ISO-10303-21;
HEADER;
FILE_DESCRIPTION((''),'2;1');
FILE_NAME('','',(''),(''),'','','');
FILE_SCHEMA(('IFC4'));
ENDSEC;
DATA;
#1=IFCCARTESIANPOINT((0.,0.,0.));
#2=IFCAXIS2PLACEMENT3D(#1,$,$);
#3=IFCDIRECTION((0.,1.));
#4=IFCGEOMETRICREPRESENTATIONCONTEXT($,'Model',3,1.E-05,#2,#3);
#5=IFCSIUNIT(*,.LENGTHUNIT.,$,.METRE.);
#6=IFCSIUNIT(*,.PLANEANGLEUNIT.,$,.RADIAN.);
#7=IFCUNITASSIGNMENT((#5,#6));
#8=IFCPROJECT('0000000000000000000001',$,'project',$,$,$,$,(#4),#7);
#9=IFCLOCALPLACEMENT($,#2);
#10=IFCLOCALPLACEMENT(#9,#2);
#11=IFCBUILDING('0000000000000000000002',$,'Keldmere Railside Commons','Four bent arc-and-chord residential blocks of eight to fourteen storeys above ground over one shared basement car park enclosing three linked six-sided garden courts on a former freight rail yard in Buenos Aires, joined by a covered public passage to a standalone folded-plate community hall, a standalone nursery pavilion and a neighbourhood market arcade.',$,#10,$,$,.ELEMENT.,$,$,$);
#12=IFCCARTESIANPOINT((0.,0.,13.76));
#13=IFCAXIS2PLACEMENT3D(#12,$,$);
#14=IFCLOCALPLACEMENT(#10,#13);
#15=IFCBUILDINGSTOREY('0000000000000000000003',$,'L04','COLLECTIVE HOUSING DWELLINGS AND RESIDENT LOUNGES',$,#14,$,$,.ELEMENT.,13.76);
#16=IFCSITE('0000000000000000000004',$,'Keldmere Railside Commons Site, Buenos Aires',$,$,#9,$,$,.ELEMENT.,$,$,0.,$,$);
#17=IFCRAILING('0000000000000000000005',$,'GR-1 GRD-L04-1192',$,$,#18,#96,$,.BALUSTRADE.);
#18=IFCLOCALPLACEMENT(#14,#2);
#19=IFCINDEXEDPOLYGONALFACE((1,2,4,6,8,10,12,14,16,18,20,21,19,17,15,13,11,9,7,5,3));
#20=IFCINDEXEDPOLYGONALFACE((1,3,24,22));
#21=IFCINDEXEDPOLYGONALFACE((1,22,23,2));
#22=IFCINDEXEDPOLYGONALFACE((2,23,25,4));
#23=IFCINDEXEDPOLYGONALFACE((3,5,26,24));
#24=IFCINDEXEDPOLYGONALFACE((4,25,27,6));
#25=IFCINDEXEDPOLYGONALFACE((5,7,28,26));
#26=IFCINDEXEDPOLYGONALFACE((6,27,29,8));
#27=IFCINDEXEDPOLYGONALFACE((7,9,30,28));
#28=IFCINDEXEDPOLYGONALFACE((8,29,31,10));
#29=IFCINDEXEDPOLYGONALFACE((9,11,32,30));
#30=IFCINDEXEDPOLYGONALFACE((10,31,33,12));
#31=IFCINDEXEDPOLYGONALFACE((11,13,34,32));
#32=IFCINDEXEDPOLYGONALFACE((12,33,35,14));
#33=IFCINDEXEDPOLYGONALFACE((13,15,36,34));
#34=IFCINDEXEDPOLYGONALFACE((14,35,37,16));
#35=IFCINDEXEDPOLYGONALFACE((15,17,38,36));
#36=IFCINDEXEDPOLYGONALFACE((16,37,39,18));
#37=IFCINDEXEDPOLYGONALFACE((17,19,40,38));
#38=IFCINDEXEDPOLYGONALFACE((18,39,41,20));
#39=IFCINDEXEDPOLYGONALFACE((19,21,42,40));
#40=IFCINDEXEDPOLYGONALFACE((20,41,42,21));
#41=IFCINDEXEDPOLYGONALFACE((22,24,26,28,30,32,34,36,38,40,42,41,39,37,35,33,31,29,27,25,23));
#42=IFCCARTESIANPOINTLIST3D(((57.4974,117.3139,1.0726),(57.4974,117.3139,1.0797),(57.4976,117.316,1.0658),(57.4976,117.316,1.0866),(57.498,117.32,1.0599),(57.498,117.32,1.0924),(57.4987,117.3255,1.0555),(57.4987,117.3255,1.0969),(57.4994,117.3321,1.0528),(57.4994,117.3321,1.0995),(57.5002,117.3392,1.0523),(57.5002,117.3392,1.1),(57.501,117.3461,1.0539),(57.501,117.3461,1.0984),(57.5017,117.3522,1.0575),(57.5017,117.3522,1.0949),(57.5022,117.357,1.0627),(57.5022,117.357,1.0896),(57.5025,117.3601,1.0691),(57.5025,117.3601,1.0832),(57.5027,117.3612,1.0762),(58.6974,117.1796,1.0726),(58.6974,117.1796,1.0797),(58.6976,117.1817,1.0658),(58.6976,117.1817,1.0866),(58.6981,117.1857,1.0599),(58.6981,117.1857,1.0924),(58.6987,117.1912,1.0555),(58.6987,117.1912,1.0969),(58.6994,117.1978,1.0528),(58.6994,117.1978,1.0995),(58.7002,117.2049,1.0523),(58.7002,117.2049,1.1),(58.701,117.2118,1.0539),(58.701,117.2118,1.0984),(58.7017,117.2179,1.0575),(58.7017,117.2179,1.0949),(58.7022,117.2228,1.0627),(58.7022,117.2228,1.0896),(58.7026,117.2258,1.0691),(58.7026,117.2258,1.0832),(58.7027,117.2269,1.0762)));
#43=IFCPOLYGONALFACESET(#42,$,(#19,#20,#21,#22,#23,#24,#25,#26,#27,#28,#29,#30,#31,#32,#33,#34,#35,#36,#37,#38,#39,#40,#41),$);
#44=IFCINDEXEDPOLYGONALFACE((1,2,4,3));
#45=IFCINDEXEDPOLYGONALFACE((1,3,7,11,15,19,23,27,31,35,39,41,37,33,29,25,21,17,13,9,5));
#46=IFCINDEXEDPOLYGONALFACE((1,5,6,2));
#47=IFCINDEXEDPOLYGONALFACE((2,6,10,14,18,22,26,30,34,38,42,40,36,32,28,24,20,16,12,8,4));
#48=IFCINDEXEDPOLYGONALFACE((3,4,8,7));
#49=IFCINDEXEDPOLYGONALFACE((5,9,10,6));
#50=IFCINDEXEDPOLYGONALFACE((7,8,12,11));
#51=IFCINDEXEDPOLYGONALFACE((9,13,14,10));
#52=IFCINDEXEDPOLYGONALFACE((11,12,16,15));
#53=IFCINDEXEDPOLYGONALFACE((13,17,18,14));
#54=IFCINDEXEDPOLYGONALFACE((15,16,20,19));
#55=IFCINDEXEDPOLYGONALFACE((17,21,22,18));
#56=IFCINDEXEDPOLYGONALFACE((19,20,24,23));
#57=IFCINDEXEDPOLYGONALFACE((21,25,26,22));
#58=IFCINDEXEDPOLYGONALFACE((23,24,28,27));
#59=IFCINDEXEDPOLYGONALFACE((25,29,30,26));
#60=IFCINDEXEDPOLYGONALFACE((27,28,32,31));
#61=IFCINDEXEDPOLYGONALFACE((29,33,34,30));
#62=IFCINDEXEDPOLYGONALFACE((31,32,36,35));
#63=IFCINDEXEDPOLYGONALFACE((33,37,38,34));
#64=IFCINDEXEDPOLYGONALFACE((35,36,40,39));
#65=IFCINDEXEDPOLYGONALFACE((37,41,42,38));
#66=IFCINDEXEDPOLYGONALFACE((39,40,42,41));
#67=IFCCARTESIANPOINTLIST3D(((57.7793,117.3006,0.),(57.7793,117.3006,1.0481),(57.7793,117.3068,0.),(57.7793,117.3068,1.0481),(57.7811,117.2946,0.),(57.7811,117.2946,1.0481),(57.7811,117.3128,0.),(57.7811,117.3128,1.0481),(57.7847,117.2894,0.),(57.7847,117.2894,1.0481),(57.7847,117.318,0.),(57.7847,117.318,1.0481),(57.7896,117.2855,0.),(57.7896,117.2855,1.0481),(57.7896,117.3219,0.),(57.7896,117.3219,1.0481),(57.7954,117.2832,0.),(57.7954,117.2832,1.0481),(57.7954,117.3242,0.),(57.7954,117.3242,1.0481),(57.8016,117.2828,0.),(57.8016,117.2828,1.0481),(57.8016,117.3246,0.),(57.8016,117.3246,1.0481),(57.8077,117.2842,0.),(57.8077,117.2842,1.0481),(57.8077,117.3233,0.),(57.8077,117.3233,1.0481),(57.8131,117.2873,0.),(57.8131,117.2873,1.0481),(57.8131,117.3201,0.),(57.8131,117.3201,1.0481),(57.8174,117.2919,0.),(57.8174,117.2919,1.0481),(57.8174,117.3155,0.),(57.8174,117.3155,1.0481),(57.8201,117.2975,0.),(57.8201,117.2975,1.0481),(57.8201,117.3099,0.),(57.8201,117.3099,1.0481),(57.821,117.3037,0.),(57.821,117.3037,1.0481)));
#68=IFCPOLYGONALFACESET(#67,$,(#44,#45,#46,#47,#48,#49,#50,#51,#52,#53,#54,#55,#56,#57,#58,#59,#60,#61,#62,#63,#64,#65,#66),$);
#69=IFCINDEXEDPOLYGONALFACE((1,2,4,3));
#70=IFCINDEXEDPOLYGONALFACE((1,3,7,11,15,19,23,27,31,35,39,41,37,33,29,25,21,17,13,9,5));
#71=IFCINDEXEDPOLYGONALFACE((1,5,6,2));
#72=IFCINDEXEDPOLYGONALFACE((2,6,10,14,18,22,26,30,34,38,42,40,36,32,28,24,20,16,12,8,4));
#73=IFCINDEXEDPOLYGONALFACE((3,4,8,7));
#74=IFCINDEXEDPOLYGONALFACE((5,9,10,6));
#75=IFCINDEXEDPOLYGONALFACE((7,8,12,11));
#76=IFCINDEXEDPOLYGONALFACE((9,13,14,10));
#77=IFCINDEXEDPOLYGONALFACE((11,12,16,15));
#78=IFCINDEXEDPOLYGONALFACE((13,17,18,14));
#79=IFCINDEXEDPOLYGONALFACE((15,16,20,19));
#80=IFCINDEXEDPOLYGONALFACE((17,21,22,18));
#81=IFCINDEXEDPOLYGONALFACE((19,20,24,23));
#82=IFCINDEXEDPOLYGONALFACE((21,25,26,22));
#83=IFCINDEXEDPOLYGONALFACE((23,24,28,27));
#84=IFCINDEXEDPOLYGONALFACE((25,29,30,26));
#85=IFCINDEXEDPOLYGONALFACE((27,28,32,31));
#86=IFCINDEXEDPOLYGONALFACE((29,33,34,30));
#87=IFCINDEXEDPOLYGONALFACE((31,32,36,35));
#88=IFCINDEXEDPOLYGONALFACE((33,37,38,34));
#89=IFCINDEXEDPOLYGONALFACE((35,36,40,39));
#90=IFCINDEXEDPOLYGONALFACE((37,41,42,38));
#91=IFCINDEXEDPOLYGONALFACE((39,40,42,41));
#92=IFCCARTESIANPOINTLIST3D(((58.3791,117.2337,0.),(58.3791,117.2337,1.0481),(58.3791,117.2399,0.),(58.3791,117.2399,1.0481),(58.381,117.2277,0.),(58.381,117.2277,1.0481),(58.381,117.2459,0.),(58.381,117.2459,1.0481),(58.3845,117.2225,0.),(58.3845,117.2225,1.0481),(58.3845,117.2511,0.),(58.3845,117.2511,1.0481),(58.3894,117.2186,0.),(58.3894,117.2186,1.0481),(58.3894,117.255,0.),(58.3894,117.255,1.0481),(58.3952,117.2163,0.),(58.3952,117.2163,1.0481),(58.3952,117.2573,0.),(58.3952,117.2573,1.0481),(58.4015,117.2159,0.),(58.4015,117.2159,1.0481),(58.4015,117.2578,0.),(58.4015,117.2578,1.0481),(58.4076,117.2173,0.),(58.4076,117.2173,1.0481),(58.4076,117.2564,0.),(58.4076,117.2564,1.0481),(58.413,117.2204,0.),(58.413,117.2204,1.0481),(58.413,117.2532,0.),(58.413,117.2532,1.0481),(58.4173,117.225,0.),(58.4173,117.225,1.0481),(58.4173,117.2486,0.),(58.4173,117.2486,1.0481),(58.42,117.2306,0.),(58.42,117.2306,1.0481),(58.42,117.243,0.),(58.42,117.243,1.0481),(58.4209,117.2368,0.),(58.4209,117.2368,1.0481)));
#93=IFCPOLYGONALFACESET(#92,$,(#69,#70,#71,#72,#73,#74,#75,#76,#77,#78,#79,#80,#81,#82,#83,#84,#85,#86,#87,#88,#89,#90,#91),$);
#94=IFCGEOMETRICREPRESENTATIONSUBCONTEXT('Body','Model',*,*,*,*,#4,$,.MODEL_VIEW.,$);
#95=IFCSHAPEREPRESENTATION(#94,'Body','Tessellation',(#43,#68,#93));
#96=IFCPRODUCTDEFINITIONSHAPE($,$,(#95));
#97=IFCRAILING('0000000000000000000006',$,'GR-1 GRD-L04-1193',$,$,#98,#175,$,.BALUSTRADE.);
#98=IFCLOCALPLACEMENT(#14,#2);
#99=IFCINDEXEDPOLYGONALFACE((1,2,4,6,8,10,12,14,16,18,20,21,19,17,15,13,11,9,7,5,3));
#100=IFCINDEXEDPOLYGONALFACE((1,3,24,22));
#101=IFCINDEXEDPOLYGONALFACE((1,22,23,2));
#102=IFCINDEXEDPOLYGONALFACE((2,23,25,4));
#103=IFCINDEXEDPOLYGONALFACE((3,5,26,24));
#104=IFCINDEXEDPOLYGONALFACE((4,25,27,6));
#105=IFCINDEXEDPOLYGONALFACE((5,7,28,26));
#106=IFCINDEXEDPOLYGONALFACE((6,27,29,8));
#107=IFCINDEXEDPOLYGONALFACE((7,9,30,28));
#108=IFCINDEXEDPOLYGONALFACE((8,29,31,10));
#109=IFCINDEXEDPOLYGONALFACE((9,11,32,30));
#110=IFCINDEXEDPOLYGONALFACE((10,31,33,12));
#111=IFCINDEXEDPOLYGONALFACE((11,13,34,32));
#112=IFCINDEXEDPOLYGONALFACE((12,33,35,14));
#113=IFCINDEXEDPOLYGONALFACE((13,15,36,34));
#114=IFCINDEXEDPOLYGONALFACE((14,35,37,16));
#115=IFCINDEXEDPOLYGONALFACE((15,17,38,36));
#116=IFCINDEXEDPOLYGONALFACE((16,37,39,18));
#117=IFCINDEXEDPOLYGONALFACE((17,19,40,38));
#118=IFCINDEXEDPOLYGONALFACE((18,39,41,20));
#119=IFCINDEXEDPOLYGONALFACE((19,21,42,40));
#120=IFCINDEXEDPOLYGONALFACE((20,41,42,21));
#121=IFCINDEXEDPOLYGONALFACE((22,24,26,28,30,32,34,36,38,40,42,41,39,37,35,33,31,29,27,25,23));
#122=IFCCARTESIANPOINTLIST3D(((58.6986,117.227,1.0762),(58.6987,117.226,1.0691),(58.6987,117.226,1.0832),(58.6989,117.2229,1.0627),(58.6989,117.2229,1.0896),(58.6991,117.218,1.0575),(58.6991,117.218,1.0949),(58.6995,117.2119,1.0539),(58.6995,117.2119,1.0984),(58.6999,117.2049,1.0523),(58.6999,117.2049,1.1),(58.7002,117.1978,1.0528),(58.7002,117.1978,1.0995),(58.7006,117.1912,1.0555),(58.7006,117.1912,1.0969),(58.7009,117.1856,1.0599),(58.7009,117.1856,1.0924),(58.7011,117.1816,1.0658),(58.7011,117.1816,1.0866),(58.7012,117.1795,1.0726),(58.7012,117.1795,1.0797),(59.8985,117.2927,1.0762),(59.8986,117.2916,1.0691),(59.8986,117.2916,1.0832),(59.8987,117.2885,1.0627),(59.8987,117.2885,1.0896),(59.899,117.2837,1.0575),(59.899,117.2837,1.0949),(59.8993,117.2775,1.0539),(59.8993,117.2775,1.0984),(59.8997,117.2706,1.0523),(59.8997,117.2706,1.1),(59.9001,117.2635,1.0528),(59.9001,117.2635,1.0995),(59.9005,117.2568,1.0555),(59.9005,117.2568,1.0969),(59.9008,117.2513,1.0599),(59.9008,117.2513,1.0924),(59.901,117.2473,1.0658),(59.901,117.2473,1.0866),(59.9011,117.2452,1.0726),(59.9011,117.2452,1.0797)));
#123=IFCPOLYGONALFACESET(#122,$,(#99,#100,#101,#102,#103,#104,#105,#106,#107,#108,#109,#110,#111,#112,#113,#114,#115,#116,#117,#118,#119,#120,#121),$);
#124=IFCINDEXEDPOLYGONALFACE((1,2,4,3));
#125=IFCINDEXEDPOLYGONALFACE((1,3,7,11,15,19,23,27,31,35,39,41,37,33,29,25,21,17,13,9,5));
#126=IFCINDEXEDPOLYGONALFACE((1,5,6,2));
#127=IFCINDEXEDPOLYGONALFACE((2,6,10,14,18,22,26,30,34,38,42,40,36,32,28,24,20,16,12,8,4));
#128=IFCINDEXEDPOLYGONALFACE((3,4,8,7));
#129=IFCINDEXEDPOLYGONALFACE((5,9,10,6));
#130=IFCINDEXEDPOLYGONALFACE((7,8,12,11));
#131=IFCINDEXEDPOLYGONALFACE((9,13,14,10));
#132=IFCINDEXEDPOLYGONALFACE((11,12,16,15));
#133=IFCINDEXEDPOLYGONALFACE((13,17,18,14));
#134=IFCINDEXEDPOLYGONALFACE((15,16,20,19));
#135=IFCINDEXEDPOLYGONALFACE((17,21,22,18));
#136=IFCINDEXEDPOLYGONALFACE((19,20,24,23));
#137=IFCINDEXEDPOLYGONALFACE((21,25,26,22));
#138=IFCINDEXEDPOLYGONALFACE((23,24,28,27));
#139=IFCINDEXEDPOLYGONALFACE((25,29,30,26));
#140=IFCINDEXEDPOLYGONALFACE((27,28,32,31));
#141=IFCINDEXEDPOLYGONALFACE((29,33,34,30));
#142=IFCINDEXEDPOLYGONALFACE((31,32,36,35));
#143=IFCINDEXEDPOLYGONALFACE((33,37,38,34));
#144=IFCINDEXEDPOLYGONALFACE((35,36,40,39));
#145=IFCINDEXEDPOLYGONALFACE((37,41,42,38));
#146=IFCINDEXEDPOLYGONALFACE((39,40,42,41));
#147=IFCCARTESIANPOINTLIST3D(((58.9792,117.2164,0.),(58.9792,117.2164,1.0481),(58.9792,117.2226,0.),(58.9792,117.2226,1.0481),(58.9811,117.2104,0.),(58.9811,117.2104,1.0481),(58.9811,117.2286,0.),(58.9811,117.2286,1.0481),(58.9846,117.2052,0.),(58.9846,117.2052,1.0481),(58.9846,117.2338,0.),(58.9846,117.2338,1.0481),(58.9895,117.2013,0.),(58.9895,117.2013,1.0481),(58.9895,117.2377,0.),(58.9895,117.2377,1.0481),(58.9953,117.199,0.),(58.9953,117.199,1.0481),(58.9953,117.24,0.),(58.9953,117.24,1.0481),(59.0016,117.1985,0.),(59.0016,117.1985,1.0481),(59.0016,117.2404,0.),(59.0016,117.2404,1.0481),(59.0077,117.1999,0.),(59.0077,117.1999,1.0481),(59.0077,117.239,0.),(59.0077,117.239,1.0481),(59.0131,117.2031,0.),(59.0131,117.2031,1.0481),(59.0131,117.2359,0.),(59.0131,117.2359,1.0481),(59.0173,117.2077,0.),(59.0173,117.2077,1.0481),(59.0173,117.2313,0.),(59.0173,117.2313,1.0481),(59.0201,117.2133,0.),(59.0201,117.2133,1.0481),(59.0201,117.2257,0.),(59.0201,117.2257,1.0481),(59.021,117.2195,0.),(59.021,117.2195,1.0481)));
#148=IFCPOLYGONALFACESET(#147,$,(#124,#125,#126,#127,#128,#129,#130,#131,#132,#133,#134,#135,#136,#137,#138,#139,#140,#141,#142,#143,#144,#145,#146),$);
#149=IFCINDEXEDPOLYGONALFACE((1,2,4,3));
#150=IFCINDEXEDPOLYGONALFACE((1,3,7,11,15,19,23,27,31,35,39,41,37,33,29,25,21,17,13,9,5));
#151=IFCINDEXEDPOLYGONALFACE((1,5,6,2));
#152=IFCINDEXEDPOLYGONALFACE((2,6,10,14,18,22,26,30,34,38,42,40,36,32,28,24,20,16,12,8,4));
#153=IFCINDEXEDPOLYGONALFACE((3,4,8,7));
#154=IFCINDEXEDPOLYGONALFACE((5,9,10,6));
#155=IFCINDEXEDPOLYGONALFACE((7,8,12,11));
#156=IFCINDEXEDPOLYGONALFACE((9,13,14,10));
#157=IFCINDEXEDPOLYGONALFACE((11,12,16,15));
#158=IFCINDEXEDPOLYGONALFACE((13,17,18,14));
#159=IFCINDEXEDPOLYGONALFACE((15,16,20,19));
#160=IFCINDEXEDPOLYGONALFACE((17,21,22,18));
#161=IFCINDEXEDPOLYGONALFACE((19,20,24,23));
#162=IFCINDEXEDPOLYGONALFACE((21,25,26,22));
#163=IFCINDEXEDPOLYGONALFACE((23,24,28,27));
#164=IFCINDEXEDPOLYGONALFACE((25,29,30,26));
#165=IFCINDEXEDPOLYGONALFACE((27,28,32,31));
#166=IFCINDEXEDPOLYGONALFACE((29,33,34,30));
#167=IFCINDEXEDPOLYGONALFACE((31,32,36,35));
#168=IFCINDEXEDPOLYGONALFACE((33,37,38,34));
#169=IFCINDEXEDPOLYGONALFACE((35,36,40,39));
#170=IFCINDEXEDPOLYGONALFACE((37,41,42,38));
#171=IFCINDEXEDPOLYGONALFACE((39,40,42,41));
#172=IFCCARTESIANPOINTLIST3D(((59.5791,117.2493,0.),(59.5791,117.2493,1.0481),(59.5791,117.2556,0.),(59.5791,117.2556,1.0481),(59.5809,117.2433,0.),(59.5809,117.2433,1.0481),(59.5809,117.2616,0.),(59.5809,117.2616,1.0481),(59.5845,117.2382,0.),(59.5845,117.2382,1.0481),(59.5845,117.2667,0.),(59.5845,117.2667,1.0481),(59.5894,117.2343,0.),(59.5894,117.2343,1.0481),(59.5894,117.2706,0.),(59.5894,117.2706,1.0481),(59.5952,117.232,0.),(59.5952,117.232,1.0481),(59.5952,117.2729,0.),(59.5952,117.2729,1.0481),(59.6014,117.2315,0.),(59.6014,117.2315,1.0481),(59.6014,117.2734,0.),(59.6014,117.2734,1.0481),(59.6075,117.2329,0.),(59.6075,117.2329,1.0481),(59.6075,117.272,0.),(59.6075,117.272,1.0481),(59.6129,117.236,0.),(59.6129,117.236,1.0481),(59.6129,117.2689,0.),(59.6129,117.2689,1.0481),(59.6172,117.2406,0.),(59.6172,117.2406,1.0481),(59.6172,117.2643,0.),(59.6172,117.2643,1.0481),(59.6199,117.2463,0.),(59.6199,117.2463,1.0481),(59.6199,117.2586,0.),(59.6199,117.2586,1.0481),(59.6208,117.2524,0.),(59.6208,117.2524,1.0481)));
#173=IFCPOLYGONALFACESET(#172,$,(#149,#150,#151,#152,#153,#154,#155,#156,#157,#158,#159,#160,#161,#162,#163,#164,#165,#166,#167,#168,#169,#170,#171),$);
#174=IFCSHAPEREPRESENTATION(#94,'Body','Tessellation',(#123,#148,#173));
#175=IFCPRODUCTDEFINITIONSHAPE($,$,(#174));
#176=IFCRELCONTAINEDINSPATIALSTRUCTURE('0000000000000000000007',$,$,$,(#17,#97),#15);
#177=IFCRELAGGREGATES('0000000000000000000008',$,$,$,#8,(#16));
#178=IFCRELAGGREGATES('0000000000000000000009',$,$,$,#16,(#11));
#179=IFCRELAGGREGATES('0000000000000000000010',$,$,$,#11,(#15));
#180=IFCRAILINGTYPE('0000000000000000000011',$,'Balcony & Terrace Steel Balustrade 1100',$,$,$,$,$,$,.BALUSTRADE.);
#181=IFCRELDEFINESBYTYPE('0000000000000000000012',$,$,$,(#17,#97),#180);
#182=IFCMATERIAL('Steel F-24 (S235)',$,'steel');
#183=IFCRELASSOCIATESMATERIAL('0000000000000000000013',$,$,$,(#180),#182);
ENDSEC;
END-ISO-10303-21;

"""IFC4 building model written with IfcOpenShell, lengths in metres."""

from ifc_helpers import new_model, si_unit, direction, frame, origin, origin_2d, place, context, subcontext, project, spatial, circle, extrude, material, type_object, element, save


model = new_model("IFC4")

# Units and contexts
model_context = context("Model", 3, precision=1e-05, world=origin(), true_north=direction((0.0, 1.0)))
body_context = subcontext(model_context, "Body", "Model", "MODEL_VIEW")
ifc_project = project(units=[si_unit("LENGTHUNIT", "METRE"), si_unit("PLANEANGLEUNIT", "RADIAN")], contexts=[model_context])

# Site, building, storey
site_placement = place(None, origin())
site = spatial("IfcSite", under=ifc_project, at=site_placement, Name="Keldmere Railside Commons Site, Buenos Aires", CompositionType="ELEMENT", RefElevation=0.0)
building_placement = place(site_placement, origin())
building = spatial("IfcBuilding", under=site, at=building_placement, Name="Keldmere Railside Commons", Description="Four bent arc-and-chord residential blocks of eight to fourteen storeys above ground over one shared basement car park enclosing three linked six-sided garden courts on a former freight rail yard in Buenos Aires, joined by a covered public passage to a standalone folded-plate community hall, a standalone nursery pavilion and a neighbourhood market arcade.", CompositionType="ELEMENT")
storey_placement = place(building_placement, frame((0.0, 0.0, 13.76)))
storey = spatial("IfcBuildingStorey", under=building, at=storey_placement, Name="L04", Description="COLLECTIVE HOUSING DWELLINGS AND RESIDENT LOUNGES", CompositionType="ELEMENT", Elevation=13.76)

# Railings
ifc_material_1 = material(Name="Steel F-24 (S235)", Category="steel")
railing_type = type_object("IfcRailingType", Name="Balcony & Terrace Steel Balustrade 1100", PredefinedType="BALUSTRADE", material=ifc_material_1)
railing_1_placement = place(storey_placement, frame((57.5, 117.3374, 0.0)))
element("IfcRailing", 1, at=railing_1_placement, inside=storey, type_object=railing_type, Name="GR-1 GRD-L04-1192", PredefinedType="BALUSTRADE", context=body_context, shape_type="SweptSolid", body=[
    extrude(circle(Radius=0.0239, at=origin_2d()), frame((0.0, 0.0, 1.0762), z_axis=(0.993797, -0.111208, 0.0), x_axis=(0.111208, 0.993797, 0.0)), (0.0, 0.0, 1.0), 1.2075),
    extrude(circle(Radius=0.021, at=origin_2d()), frame((0.3, -0.0337, 0.0)), (0.0, 0.0, 1.0), 1.0481),
    extrude(circle(Radius=0.021, at=origin_2d()), frame((0.8999, -0.1006, 0.0)), (0.0, 0.0, 1.0), 1.0481),
])
railing_2_placement = place(storey_placement, frame((58.7, 117.2031, 0.0)))
element("IfcRailing", 2, at=railing_2_placement, inside=storey, type_object=railing_type, Name="GR-1 GRD-L04-1193", PredefinedType="BALUSTRADE", context=body_context, shape_type="SweptSolid", body=[
    extrude(circle(Radius=0.0239, at=origin_2d()), frame((0.0, 0.0, 1.0762), z_axis=(0.998506, 0.054649, 0.0), x_axis=(-0.054649, 0.998506, 0.0)), (0.0, 0.0, 1.0), 1.2017),
    extrude(circle(Radius=0.021, at=origin_2d()), frame((0.3, 0.0164, 0.0)), (0.0, 0.0, 1.0), 1.0481),
    extrude(circle(Radius=0.021, at=origin_2d()), frame((0.8999, 0.0493, 0.0)), (0.0, 0.0, 1.0), 1.0481),
])

save(model, "model.ifc")
